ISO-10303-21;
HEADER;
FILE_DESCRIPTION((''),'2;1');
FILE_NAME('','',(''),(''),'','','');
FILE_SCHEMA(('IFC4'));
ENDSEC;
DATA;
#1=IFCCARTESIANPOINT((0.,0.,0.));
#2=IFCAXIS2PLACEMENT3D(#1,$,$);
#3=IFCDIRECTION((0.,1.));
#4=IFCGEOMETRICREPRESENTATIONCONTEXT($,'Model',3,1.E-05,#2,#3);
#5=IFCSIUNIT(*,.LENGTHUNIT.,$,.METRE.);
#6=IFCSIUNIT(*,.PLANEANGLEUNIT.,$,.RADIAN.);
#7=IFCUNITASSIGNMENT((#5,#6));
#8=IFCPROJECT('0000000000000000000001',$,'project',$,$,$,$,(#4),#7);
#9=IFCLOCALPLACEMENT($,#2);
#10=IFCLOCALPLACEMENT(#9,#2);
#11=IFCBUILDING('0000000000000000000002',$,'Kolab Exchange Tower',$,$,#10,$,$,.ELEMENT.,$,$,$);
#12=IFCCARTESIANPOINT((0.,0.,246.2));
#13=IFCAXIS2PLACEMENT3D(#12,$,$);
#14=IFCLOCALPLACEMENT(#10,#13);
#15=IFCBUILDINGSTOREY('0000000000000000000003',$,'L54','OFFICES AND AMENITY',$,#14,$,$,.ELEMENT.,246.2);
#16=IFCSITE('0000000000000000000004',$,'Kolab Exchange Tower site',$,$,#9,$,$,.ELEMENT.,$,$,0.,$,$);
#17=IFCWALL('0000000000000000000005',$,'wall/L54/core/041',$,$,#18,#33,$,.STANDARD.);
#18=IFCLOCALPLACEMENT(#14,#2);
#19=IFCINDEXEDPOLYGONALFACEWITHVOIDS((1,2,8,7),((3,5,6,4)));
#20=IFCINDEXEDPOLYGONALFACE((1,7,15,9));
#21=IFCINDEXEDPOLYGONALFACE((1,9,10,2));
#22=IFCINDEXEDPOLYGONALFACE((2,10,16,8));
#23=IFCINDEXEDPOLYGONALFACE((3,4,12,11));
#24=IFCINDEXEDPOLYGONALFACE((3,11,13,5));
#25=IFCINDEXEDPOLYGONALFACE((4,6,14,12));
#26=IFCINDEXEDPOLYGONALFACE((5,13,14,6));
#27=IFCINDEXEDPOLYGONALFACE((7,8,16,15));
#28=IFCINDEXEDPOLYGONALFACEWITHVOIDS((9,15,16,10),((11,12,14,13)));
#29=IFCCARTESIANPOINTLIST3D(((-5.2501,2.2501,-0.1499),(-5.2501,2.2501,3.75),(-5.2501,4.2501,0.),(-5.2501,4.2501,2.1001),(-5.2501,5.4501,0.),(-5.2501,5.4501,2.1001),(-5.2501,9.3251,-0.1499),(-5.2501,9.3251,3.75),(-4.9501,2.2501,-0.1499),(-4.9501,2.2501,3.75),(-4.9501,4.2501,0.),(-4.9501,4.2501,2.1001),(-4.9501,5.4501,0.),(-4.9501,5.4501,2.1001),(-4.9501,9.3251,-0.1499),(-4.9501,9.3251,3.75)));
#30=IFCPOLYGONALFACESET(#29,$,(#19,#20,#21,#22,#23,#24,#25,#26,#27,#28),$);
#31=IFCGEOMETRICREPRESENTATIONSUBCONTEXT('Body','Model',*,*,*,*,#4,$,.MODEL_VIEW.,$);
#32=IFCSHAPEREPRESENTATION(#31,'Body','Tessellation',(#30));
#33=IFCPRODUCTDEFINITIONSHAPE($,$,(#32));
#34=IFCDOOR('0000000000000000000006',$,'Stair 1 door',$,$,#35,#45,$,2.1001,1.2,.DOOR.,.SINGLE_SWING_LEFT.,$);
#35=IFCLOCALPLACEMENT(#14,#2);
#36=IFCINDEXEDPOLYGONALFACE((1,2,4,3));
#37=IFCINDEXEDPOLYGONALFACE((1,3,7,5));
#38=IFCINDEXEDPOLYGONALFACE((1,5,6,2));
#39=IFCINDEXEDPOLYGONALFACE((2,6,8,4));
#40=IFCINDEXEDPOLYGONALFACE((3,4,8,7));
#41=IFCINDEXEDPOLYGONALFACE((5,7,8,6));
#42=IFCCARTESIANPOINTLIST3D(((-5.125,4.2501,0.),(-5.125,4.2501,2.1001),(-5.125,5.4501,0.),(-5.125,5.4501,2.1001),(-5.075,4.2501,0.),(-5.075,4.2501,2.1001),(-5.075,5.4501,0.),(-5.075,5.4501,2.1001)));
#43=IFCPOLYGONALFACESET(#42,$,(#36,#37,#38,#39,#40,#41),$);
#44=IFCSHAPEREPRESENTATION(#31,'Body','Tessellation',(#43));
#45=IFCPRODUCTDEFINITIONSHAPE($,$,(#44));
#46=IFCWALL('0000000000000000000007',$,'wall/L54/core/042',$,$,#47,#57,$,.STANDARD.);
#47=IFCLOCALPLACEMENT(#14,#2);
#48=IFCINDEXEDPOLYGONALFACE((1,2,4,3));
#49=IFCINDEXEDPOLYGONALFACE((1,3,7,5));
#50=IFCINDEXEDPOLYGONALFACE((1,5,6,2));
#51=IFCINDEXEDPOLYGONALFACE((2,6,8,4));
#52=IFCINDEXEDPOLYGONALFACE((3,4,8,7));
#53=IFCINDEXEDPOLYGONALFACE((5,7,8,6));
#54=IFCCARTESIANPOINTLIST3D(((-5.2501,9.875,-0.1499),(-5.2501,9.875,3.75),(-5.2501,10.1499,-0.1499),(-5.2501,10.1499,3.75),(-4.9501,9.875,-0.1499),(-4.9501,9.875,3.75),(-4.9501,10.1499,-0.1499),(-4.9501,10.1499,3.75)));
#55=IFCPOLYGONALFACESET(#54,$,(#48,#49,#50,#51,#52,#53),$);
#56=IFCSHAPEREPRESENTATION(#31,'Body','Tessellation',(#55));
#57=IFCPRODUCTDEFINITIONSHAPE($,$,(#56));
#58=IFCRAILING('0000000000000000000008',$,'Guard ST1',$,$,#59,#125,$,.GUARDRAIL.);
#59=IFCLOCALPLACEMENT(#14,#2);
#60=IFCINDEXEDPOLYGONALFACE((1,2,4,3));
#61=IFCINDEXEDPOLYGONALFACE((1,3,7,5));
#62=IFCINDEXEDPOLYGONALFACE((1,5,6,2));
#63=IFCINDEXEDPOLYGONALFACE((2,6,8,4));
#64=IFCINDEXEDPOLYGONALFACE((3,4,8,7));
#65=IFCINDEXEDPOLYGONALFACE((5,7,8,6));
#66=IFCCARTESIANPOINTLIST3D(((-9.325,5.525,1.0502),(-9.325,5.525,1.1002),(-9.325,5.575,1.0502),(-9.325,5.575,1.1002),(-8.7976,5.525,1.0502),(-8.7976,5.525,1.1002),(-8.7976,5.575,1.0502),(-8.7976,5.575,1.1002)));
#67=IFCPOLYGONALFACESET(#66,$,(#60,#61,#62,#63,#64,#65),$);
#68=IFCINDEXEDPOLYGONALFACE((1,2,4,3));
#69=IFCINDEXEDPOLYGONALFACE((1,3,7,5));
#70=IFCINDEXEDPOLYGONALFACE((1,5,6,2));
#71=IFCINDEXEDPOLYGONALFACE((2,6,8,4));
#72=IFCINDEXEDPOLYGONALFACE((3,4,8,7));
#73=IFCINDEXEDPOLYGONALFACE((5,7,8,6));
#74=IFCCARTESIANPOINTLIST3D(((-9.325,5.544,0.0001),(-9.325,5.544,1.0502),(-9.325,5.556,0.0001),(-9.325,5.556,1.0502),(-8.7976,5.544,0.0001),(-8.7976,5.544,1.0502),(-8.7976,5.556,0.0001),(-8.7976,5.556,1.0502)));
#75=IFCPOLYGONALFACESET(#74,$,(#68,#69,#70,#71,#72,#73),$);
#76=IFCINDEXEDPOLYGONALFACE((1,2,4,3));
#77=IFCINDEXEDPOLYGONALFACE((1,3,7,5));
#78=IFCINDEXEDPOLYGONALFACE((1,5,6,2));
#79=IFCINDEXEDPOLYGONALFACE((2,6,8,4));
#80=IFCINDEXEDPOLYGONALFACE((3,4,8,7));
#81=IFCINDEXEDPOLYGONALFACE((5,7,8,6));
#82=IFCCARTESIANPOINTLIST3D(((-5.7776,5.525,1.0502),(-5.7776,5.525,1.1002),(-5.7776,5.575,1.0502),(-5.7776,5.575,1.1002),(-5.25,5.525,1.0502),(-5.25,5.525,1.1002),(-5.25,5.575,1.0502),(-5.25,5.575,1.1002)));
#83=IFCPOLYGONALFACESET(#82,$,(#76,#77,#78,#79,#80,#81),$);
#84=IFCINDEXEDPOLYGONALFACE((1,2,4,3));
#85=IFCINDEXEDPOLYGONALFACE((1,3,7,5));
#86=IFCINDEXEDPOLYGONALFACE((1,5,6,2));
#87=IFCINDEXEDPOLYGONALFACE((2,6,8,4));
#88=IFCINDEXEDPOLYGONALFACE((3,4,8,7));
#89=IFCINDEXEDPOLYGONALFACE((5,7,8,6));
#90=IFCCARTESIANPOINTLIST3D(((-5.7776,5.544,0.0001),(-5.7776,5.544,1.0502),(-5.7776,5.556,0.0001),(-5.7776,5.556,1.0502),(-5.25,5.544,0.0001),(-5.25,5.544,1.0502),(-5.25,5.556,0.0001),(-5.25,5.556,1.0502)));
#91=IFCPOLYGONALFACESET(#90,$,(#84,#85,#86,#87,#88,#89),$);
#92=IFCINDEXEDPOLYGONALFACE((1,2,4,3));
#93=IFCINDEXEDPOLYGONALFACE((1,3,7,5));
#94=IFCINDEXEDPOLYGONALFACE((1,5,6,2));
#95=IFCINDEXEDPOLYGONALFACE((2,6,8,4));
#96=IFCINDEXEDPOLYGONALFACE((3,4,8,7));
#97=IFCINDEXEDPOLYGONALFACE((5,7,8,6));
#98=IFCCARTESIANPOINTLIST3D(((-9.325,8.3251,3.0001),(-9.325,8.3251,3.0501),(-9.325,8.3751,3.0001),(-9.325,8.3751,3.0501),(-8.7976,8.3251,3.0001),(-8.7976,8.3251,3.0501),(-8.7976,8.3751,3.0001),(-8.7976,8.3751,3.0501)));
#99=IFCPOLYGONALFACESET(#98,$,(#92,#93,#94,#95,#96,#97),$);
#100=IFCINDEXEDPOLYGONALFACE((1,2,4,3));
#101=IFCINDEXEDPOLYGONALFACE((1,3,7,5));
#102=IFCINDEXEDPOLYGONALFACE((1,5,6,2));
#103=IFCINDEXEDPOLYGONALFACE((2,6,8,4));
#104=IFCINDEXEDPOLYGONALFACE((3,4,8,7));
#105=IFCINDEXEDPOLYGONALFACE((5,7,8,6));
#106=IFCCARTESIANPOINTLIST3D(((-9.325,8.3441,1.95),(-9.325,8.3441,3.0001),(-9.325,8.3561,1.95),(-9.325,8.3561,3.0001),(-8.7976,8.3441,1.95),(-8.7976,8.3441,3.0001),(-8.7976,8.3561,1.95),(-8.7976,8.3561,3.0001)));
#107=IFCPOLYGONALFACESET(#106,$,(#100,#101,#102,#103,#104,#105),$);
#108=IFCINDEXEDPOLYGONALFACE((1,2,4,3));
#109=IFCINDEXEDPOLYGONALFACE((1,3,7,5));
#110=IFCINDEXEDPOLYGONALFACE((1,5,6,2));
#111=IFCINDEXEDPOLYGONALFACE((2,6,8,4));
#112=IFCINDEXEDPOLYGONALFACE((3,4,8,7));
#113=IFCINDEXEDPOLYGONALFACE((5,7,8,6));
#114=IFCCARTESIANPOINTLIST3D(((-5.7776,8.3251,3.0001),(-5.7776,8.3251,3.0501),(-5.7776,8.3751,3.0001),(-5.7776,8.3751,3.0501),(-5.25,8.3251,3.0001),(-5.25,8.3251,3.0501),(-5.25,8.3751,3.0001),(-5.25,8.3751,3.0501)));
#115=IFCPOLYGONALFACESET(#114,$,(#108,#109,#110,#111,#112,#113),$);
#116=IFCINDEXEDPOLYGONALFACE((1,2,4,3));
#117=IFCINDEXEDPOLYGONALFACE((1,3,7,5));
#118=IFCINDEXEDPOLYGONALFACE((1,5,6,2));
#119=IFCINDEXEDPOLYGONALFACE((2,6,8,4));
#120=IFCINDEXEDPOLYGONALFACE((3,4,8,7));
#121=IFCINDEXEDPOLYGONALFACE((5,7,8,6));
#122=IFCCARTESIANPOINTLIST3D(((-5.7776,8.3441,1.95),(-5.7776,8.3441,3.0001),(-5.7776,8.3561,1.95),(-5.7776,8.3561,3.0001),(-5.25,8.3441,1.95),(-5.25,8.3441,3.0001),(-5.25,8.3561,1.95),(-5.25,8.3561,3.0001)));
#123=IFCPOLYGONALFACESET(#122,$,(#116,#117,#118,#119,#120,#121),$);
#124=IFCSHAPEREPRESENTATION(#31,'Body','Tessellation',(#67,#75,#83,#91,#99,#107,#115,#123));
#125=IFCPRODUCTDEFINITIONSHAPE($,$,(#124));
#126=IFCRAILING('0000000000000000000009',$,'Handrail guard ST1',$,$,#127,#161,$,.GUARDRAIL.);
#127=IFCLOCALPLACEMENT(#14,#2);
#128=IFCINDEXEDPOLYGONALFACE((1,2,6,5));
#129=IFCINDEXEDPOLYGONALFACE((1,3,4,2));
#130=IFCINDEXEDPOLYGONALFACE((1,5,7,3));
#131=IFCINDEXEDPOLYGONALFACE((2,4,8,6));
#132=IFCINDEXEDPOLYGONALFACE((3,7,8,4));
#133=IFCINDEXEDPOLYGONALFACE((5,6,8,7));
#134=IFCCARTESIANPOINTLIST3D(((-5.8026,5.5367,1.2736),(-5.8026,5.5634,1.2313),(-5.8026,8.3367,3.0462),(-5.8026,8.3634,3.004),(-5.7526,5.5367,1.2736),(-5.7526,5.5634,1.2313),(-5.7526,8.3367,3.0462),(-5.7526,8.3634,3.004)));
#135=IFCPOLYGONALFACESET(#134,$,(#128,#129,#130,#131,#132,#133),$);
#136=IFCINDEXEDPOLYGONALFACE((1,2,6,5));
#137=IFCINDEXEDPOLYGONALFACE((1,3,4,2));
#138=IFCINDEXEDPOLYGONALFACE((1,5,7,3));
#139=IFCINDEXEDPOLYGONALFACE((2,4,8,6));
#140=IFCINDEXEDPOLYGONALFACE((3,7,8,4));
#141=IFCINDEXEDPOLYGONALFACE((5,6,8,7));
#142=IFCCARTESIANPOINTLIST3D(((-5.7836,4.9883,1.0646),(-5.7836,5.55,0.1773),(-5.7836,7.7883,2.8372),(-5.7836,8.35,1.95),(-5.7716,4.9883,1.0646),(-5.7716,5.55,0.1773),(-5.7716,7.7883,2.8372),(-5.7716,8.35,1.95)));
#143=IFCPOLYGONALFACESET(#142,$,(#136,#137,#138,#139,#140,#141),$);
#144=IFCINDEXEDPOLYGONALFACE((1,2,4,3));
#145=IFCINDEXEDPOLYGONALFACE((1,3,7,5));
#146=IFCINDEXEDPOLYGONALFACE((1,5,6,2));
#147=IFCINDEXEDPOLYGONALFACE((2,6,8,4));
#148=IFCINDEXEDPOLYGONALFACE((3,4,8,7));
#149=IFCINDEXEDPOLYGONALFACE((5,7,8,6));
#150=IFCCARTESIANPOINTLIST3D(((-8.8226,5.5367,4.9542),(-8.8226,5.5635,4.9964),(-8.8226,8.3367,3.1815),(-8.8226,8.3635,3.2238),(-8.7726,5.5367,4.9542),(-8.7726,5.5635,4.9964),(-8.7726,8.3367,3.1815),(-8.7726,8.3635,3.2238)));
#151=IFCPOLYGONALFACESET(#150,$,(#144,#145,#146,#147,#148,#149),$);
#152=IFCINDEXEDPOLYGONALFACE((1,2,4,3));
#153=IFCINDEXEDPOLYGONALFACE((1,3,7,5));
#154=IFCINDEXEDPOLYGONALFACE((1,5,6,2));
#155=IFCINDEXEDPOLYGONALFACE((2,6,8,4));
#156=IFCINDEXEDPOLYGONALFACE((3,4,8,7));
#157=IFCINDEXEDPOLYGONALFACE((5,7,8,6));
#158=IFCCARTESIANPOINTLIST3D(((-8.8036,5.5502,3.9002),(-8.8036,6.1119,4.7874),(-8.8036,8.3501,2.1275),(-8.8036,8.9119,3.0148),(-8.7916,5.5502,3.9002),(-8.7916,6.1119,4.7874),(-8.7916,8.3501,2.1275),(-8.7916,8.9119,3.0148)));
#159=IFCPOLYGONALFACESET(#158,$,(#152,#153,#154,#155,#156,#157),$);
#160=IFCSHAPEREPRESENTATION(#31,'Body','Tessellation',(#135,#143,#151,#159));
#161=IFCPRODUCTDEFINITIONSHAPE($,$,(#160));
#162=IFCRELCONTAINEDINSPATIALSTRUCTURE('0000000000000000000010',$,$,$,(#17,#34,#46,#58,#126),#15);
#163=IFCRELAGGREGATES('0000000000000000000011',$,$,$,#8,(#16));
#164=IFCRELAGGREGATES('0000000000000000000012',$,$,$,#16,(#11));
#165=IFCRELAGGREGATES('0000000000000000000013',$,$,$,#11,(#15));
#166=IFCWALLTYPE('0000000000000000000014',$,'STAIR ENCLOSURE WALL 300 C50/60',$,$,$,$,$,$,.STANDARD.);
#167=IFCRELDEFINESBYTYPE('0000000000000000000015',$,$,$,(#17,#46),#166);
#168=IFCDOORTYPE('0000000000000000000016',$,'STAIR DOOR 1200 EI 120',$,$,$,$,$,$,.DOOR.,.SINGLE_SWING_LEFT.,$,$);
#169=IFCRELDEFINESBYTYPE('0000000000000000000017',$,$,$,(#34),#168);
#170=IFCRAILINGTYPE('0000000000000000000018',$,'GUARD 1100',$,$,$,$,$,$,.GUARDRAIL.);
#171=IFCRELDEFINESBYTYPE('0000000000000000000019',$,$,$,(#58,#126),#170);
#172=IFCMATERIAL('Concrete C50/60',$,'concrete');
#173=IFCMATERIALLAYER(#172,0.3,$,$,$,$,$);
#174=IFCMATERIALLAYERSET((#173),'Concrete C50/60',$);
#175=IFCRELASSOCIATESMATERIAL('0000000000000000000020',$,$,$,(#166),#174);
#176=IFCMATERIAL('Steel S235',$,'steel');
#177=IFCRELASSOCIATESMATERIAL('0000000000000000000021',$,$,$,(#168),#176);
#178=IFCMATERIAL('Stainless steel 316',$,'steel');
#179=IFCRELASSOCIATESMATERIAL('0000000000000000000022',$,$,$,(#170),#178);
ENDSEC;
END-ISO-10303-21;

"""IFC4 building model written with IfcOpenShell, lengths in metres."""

from ifc_helpers import new_model, si_unit, direction, frame, frame_2d, origin, origin_2d, place, context, subcontext, project, spatial, rectangle, extrude, material, layer, layer_set, type_object, element, fill, save


model = new_model("IFC4")

# Units and contexts
model_context = context("Model", 3, precision=1e-05, world=origin(), true_north=direction((0.0, 1.0)))
body_context = subcontext(model_context, "Body", "Model", "MODEL_VIEW")
ifc_project = project(units=[si_unit("LENGTHUNIT", "METRE"), si_unit("PLANEANGLEUNIT", "RADIAN")], contexts=[model_context])

# Site, building, storey
site_placement = place(None, origin())
site = spatial("IfcSite", under=ifc_project, at=site_placement, Name="Kolab Exchange Tower site", CompositionType="ELEMENT", RefElevation=0.0)
building_placement = place(site_placement, origin())
building = spatial("IfcBuilding", under=site, at=building_placement, Name="Kolab Exchange Tower", CompositionType="ELEMENT")
storey_placement = place(building_placement, frame((0.0, 0.0, 246.2)))
storey = spatial("IfcBuildingStorey", under=building, at=storey_placement, Name="L54", Description="OFFICES AND AMENITY", CompositionType="ELEMENT", Elevation=246.2)

# Shared definitions
ifc_material_1 = material(Name="Concrete C50/60", Category="concrete")
ifc_material_2 = material(Name="Steel S235", Category="steel")

# Shared definitions
ifc_material_3 = material(Name="Stainless steel 316", Category="steel")

# Shared definitions
ifc_layer_1 = layer(ifc_material_1, 0.3)
ifc_layer_set_1 = layer_set([ifc_layer_1], Name="Concrete C50/60")
wall_type_1 = type_object("IfcWallType", Name="STAIR ENCLOSURE WALL 300 C50/60", PredefinedType="STANDARD", material=ifc_layer_set_1)

# Shared definitions
door_type_1 = type_object("IfcDoorType", Name="STAIR DOOR 1200 EI 120", OperationType="SINGLE_SWING_LEFT", PredefinedType="DOOR", material=ifc_material_2)

# Wall, opening, door
wall_1_placement = place(storey_placement, frame((-5.1001, 2.25, -0.1499), z_axis=(0.0, 0.0, 1.0), x_axis=(0.0, 1.0, 0.0)))
wall_1 = element("IfcWall", 1, at=wall_1_placement, inside=storey, type_object=wall_type_1, Name="wall/L54/core/041", PredefinedType="STANDARD", context=body_context, shape_type="SweptSolid", body=[
    extrude(rectangle(XDim=7.075, YDim=0.3, at=frame_2d((3.5376, 0.0))), origin(), (0.0, 0.0, 1.0), 3.8999),
])
opening_1_placement = place(wall_1_placement, frame((2.0, 0.0, 0.1499)))
opening_1 = element("IfcOpeningElement", 2, at=opening_1_placement, cuts=wall_1, PredefinedType="OPENING", context=body_context, shape_type="SweptSolid", body=[
    extrude(rectangle(XDim=1.2, YDim=2.1001, at=frame_2d((0.6001, 1.05))), frame((0.0, 0.1602, 0.0), z_axis=(0.0, -1.0, 0.0), x_axis=(1.0, 0.0, 0.0)), (0.0, 0.0, 1.0), 0.3201),
])
door_1_placement = place(opening_1_placement, origin())
door_1 = element("IfcDoor", 3, at=door_1_placement, inside=storey, type_object=door_type_1, Name="Stair 1 door", OperationType="SINGLE_SWING_LEFT", OverallHeight=2.1001, OverallWidth=1.2, PredefinedType="DOOR", context=body_context, shape_type="SweptSolid", body=[
    extrude(rectangle(XDim=1.2, YDim=2.1001, at=frame_2d((0.6001, 1.05))), frame((0.0, 0.0249, 0.0), z_axis=(0.0, -1.0, 0.0), x_axis=(1.0, 0.0, 0.0)), (0.0, 0.0, 1.0), 0.05),
])
fill(opening_1, door_1)

# Wall
wall_2_placement = place(storey_placement, frame((-5.1001, 9.875, -0.1499), z_axis=(0.0, 0.0, 1.0), x_axis=(0.0, 1.0, 0.0)))
element("IfcWall", 4, at=wall_2_placement, inside=storey, type_object=wall_type_1, Name="wall/L54/core/042", PredefinedType="STANDARD", context=body_context, shape_type="SweptSolid", body=[
    extrude(rectangle(XDim=0.2749, YDim=0.3, at=frame_2d((0.1375, 0.0))), origin(), (0.0, 0.0, 1.0), 3.8999),
])

# Railings
railing_type = type_object("IfcRailingType", Name="GUARD 1100", PredefinedType="GUARDRAIL", material=ifc_material_3)
railing_1_placement = place(storey_placement, frame((-9.325, 5.55, 0.0)))
element("IfcRailing", 5, at=railing_1_placement, inside=storey, type_object=railing_type, Name="Guard ST1", PredefinedType="GUARDRAIL", context=body_context, shape_type="SweptSolid", body=[
    extrude(rectangle(XDim=0.05, YDim=0.05, at=origin_2d()), frame((0.0, 0.0, 1.0752), z_axis=(1.0, 0.0, 0.0), x_axis=(0.0, 1.0, 0.0)), (0.0, 0.0, 1.0), 0.5273),
    extrude(rectangle(XDim=0.012, YDim=1.0501, at=frame_2d((0.0, 0.5251))), frame((0.0, 0.0, 0.0), z_axis=(1.0, 0.0, 0.0), x_axis=(0.0, 1.0, 0.0)), (0.0, 0.0, 1.0), 0.5273),
    extrude(rectangle(XDim=0.05, YDim=0.05, at=origin_2d()), frame((3.5474, 0.0, 1.0752), z_axis=(1.0, 0.0, 0.0), x_axis=(0.0, 1.0, 0.0)), (0.0, 0.0, 1.0), 0.5276),
    extrude(rectangle(XDim=0.012, YDim=1.0501, at=frame_2d((0.0, 0.5251))), frame((3.5474, 0.0, 0.0), z_axis=(1.0, 0.0, 0.0), x_axis=(0.0, 1.0, 0.0)), (0.0, 0.0, 1.0), 0.5276),
    extrude(rectangle(XDim=0.05, YDim=0.05, at=origin_2d()), frame((0.0, 2.8, 3.0251), z_axis=(1.0, 0.0, 0.0), x_axis=(0.0, 1.0, 0.0)), (0.0, 0.0, 1.0), 0.5273),
    extrude(rectangle(XDim=0.012, YDim=1.0501, at=frame_2d((0.0, 0.5251))), frame((0.0, 2.8, 1.95), z_axis=(1.0, 0.0, 0.0), x_axis=(0.0, 1.0, 0.0)), (0.0, 0.0, 1.0), 0.5273),
    extrude(rectangle(XDim=0.05, YDim=0.05, at=origin_2d()), frame((3.5474, 2.8, 3.0251), z_axis=(1.0, 0.0, 0.0), x_axis=(0.0, 1.0, 0.0)), (0.0, 0.0, 1.0), 0.5276),
    extrude(rectangle(XDim=0.012, YDim=1.0501, at=frame_2d((0.0, 0.5251))), frame((3.5474, 2.8, 1.95), z_axis=(1.0, 0.0, 0.0), x_axis=(0.0, 1.0, 0.0)), (0.0, 0.0, 1.0), 0.5276),
])
railing_2_placement = place(storey_placement, frame((-5.7776, 5.55, 0.1772)))
element("IfcRailing", 6, at=railing_2_placement, inside=storey, type_object=railing_type, Name="Handrail guard ST1", PredefinedType="GUARDRAIL", context=body_context, shape_type="SweptSolid", body=[
    extrude(rectangle(XDim=0.05, YDim=0.05, at=origin_2d()), frame((0.0, 0.0, 1.0752), z_axis=(0.0, 0.844909, 0.53491), x_axis=(-1.0, 0.0, 0.0)), (0.0, 0.0, 1.0), 3.314),
    extrude(rectangle(XDim=0.012, YDim=1.0501, at=frame_2d((0.0, 0.5251))), frame((0.0, 0.0, 0.0), z_axis=(0.0, 0.844909, 0.53491), x_axis=(-1.0, 0.0, 0.0)), (0.0, 0.0, 1.0), 3.314),
    extrude(rectangle(XDim=0.05, YDim=0.05, at=origin_2d()), frame((-3.02, 2.8, 3.0254), z_axis=(0.0, -0.844909, 0.53491), x_axis=(1.0, 0.0, 0.0)), (0.0, 0.0, 1.0), 3.314),
    extrude(rectangle(XDim=0.012, YDim=1.0501, at=frame_2d((0.0, 0.5251))), frame((-3.02, 2.8, 1.9502), z_axis=(0.0, -0.844909, 0.53491), x_axis=(1.0, 0.0, 0.0)), (0.0, 0.0, 1.0), 3.314),
])

save(model, "model.ifc")
